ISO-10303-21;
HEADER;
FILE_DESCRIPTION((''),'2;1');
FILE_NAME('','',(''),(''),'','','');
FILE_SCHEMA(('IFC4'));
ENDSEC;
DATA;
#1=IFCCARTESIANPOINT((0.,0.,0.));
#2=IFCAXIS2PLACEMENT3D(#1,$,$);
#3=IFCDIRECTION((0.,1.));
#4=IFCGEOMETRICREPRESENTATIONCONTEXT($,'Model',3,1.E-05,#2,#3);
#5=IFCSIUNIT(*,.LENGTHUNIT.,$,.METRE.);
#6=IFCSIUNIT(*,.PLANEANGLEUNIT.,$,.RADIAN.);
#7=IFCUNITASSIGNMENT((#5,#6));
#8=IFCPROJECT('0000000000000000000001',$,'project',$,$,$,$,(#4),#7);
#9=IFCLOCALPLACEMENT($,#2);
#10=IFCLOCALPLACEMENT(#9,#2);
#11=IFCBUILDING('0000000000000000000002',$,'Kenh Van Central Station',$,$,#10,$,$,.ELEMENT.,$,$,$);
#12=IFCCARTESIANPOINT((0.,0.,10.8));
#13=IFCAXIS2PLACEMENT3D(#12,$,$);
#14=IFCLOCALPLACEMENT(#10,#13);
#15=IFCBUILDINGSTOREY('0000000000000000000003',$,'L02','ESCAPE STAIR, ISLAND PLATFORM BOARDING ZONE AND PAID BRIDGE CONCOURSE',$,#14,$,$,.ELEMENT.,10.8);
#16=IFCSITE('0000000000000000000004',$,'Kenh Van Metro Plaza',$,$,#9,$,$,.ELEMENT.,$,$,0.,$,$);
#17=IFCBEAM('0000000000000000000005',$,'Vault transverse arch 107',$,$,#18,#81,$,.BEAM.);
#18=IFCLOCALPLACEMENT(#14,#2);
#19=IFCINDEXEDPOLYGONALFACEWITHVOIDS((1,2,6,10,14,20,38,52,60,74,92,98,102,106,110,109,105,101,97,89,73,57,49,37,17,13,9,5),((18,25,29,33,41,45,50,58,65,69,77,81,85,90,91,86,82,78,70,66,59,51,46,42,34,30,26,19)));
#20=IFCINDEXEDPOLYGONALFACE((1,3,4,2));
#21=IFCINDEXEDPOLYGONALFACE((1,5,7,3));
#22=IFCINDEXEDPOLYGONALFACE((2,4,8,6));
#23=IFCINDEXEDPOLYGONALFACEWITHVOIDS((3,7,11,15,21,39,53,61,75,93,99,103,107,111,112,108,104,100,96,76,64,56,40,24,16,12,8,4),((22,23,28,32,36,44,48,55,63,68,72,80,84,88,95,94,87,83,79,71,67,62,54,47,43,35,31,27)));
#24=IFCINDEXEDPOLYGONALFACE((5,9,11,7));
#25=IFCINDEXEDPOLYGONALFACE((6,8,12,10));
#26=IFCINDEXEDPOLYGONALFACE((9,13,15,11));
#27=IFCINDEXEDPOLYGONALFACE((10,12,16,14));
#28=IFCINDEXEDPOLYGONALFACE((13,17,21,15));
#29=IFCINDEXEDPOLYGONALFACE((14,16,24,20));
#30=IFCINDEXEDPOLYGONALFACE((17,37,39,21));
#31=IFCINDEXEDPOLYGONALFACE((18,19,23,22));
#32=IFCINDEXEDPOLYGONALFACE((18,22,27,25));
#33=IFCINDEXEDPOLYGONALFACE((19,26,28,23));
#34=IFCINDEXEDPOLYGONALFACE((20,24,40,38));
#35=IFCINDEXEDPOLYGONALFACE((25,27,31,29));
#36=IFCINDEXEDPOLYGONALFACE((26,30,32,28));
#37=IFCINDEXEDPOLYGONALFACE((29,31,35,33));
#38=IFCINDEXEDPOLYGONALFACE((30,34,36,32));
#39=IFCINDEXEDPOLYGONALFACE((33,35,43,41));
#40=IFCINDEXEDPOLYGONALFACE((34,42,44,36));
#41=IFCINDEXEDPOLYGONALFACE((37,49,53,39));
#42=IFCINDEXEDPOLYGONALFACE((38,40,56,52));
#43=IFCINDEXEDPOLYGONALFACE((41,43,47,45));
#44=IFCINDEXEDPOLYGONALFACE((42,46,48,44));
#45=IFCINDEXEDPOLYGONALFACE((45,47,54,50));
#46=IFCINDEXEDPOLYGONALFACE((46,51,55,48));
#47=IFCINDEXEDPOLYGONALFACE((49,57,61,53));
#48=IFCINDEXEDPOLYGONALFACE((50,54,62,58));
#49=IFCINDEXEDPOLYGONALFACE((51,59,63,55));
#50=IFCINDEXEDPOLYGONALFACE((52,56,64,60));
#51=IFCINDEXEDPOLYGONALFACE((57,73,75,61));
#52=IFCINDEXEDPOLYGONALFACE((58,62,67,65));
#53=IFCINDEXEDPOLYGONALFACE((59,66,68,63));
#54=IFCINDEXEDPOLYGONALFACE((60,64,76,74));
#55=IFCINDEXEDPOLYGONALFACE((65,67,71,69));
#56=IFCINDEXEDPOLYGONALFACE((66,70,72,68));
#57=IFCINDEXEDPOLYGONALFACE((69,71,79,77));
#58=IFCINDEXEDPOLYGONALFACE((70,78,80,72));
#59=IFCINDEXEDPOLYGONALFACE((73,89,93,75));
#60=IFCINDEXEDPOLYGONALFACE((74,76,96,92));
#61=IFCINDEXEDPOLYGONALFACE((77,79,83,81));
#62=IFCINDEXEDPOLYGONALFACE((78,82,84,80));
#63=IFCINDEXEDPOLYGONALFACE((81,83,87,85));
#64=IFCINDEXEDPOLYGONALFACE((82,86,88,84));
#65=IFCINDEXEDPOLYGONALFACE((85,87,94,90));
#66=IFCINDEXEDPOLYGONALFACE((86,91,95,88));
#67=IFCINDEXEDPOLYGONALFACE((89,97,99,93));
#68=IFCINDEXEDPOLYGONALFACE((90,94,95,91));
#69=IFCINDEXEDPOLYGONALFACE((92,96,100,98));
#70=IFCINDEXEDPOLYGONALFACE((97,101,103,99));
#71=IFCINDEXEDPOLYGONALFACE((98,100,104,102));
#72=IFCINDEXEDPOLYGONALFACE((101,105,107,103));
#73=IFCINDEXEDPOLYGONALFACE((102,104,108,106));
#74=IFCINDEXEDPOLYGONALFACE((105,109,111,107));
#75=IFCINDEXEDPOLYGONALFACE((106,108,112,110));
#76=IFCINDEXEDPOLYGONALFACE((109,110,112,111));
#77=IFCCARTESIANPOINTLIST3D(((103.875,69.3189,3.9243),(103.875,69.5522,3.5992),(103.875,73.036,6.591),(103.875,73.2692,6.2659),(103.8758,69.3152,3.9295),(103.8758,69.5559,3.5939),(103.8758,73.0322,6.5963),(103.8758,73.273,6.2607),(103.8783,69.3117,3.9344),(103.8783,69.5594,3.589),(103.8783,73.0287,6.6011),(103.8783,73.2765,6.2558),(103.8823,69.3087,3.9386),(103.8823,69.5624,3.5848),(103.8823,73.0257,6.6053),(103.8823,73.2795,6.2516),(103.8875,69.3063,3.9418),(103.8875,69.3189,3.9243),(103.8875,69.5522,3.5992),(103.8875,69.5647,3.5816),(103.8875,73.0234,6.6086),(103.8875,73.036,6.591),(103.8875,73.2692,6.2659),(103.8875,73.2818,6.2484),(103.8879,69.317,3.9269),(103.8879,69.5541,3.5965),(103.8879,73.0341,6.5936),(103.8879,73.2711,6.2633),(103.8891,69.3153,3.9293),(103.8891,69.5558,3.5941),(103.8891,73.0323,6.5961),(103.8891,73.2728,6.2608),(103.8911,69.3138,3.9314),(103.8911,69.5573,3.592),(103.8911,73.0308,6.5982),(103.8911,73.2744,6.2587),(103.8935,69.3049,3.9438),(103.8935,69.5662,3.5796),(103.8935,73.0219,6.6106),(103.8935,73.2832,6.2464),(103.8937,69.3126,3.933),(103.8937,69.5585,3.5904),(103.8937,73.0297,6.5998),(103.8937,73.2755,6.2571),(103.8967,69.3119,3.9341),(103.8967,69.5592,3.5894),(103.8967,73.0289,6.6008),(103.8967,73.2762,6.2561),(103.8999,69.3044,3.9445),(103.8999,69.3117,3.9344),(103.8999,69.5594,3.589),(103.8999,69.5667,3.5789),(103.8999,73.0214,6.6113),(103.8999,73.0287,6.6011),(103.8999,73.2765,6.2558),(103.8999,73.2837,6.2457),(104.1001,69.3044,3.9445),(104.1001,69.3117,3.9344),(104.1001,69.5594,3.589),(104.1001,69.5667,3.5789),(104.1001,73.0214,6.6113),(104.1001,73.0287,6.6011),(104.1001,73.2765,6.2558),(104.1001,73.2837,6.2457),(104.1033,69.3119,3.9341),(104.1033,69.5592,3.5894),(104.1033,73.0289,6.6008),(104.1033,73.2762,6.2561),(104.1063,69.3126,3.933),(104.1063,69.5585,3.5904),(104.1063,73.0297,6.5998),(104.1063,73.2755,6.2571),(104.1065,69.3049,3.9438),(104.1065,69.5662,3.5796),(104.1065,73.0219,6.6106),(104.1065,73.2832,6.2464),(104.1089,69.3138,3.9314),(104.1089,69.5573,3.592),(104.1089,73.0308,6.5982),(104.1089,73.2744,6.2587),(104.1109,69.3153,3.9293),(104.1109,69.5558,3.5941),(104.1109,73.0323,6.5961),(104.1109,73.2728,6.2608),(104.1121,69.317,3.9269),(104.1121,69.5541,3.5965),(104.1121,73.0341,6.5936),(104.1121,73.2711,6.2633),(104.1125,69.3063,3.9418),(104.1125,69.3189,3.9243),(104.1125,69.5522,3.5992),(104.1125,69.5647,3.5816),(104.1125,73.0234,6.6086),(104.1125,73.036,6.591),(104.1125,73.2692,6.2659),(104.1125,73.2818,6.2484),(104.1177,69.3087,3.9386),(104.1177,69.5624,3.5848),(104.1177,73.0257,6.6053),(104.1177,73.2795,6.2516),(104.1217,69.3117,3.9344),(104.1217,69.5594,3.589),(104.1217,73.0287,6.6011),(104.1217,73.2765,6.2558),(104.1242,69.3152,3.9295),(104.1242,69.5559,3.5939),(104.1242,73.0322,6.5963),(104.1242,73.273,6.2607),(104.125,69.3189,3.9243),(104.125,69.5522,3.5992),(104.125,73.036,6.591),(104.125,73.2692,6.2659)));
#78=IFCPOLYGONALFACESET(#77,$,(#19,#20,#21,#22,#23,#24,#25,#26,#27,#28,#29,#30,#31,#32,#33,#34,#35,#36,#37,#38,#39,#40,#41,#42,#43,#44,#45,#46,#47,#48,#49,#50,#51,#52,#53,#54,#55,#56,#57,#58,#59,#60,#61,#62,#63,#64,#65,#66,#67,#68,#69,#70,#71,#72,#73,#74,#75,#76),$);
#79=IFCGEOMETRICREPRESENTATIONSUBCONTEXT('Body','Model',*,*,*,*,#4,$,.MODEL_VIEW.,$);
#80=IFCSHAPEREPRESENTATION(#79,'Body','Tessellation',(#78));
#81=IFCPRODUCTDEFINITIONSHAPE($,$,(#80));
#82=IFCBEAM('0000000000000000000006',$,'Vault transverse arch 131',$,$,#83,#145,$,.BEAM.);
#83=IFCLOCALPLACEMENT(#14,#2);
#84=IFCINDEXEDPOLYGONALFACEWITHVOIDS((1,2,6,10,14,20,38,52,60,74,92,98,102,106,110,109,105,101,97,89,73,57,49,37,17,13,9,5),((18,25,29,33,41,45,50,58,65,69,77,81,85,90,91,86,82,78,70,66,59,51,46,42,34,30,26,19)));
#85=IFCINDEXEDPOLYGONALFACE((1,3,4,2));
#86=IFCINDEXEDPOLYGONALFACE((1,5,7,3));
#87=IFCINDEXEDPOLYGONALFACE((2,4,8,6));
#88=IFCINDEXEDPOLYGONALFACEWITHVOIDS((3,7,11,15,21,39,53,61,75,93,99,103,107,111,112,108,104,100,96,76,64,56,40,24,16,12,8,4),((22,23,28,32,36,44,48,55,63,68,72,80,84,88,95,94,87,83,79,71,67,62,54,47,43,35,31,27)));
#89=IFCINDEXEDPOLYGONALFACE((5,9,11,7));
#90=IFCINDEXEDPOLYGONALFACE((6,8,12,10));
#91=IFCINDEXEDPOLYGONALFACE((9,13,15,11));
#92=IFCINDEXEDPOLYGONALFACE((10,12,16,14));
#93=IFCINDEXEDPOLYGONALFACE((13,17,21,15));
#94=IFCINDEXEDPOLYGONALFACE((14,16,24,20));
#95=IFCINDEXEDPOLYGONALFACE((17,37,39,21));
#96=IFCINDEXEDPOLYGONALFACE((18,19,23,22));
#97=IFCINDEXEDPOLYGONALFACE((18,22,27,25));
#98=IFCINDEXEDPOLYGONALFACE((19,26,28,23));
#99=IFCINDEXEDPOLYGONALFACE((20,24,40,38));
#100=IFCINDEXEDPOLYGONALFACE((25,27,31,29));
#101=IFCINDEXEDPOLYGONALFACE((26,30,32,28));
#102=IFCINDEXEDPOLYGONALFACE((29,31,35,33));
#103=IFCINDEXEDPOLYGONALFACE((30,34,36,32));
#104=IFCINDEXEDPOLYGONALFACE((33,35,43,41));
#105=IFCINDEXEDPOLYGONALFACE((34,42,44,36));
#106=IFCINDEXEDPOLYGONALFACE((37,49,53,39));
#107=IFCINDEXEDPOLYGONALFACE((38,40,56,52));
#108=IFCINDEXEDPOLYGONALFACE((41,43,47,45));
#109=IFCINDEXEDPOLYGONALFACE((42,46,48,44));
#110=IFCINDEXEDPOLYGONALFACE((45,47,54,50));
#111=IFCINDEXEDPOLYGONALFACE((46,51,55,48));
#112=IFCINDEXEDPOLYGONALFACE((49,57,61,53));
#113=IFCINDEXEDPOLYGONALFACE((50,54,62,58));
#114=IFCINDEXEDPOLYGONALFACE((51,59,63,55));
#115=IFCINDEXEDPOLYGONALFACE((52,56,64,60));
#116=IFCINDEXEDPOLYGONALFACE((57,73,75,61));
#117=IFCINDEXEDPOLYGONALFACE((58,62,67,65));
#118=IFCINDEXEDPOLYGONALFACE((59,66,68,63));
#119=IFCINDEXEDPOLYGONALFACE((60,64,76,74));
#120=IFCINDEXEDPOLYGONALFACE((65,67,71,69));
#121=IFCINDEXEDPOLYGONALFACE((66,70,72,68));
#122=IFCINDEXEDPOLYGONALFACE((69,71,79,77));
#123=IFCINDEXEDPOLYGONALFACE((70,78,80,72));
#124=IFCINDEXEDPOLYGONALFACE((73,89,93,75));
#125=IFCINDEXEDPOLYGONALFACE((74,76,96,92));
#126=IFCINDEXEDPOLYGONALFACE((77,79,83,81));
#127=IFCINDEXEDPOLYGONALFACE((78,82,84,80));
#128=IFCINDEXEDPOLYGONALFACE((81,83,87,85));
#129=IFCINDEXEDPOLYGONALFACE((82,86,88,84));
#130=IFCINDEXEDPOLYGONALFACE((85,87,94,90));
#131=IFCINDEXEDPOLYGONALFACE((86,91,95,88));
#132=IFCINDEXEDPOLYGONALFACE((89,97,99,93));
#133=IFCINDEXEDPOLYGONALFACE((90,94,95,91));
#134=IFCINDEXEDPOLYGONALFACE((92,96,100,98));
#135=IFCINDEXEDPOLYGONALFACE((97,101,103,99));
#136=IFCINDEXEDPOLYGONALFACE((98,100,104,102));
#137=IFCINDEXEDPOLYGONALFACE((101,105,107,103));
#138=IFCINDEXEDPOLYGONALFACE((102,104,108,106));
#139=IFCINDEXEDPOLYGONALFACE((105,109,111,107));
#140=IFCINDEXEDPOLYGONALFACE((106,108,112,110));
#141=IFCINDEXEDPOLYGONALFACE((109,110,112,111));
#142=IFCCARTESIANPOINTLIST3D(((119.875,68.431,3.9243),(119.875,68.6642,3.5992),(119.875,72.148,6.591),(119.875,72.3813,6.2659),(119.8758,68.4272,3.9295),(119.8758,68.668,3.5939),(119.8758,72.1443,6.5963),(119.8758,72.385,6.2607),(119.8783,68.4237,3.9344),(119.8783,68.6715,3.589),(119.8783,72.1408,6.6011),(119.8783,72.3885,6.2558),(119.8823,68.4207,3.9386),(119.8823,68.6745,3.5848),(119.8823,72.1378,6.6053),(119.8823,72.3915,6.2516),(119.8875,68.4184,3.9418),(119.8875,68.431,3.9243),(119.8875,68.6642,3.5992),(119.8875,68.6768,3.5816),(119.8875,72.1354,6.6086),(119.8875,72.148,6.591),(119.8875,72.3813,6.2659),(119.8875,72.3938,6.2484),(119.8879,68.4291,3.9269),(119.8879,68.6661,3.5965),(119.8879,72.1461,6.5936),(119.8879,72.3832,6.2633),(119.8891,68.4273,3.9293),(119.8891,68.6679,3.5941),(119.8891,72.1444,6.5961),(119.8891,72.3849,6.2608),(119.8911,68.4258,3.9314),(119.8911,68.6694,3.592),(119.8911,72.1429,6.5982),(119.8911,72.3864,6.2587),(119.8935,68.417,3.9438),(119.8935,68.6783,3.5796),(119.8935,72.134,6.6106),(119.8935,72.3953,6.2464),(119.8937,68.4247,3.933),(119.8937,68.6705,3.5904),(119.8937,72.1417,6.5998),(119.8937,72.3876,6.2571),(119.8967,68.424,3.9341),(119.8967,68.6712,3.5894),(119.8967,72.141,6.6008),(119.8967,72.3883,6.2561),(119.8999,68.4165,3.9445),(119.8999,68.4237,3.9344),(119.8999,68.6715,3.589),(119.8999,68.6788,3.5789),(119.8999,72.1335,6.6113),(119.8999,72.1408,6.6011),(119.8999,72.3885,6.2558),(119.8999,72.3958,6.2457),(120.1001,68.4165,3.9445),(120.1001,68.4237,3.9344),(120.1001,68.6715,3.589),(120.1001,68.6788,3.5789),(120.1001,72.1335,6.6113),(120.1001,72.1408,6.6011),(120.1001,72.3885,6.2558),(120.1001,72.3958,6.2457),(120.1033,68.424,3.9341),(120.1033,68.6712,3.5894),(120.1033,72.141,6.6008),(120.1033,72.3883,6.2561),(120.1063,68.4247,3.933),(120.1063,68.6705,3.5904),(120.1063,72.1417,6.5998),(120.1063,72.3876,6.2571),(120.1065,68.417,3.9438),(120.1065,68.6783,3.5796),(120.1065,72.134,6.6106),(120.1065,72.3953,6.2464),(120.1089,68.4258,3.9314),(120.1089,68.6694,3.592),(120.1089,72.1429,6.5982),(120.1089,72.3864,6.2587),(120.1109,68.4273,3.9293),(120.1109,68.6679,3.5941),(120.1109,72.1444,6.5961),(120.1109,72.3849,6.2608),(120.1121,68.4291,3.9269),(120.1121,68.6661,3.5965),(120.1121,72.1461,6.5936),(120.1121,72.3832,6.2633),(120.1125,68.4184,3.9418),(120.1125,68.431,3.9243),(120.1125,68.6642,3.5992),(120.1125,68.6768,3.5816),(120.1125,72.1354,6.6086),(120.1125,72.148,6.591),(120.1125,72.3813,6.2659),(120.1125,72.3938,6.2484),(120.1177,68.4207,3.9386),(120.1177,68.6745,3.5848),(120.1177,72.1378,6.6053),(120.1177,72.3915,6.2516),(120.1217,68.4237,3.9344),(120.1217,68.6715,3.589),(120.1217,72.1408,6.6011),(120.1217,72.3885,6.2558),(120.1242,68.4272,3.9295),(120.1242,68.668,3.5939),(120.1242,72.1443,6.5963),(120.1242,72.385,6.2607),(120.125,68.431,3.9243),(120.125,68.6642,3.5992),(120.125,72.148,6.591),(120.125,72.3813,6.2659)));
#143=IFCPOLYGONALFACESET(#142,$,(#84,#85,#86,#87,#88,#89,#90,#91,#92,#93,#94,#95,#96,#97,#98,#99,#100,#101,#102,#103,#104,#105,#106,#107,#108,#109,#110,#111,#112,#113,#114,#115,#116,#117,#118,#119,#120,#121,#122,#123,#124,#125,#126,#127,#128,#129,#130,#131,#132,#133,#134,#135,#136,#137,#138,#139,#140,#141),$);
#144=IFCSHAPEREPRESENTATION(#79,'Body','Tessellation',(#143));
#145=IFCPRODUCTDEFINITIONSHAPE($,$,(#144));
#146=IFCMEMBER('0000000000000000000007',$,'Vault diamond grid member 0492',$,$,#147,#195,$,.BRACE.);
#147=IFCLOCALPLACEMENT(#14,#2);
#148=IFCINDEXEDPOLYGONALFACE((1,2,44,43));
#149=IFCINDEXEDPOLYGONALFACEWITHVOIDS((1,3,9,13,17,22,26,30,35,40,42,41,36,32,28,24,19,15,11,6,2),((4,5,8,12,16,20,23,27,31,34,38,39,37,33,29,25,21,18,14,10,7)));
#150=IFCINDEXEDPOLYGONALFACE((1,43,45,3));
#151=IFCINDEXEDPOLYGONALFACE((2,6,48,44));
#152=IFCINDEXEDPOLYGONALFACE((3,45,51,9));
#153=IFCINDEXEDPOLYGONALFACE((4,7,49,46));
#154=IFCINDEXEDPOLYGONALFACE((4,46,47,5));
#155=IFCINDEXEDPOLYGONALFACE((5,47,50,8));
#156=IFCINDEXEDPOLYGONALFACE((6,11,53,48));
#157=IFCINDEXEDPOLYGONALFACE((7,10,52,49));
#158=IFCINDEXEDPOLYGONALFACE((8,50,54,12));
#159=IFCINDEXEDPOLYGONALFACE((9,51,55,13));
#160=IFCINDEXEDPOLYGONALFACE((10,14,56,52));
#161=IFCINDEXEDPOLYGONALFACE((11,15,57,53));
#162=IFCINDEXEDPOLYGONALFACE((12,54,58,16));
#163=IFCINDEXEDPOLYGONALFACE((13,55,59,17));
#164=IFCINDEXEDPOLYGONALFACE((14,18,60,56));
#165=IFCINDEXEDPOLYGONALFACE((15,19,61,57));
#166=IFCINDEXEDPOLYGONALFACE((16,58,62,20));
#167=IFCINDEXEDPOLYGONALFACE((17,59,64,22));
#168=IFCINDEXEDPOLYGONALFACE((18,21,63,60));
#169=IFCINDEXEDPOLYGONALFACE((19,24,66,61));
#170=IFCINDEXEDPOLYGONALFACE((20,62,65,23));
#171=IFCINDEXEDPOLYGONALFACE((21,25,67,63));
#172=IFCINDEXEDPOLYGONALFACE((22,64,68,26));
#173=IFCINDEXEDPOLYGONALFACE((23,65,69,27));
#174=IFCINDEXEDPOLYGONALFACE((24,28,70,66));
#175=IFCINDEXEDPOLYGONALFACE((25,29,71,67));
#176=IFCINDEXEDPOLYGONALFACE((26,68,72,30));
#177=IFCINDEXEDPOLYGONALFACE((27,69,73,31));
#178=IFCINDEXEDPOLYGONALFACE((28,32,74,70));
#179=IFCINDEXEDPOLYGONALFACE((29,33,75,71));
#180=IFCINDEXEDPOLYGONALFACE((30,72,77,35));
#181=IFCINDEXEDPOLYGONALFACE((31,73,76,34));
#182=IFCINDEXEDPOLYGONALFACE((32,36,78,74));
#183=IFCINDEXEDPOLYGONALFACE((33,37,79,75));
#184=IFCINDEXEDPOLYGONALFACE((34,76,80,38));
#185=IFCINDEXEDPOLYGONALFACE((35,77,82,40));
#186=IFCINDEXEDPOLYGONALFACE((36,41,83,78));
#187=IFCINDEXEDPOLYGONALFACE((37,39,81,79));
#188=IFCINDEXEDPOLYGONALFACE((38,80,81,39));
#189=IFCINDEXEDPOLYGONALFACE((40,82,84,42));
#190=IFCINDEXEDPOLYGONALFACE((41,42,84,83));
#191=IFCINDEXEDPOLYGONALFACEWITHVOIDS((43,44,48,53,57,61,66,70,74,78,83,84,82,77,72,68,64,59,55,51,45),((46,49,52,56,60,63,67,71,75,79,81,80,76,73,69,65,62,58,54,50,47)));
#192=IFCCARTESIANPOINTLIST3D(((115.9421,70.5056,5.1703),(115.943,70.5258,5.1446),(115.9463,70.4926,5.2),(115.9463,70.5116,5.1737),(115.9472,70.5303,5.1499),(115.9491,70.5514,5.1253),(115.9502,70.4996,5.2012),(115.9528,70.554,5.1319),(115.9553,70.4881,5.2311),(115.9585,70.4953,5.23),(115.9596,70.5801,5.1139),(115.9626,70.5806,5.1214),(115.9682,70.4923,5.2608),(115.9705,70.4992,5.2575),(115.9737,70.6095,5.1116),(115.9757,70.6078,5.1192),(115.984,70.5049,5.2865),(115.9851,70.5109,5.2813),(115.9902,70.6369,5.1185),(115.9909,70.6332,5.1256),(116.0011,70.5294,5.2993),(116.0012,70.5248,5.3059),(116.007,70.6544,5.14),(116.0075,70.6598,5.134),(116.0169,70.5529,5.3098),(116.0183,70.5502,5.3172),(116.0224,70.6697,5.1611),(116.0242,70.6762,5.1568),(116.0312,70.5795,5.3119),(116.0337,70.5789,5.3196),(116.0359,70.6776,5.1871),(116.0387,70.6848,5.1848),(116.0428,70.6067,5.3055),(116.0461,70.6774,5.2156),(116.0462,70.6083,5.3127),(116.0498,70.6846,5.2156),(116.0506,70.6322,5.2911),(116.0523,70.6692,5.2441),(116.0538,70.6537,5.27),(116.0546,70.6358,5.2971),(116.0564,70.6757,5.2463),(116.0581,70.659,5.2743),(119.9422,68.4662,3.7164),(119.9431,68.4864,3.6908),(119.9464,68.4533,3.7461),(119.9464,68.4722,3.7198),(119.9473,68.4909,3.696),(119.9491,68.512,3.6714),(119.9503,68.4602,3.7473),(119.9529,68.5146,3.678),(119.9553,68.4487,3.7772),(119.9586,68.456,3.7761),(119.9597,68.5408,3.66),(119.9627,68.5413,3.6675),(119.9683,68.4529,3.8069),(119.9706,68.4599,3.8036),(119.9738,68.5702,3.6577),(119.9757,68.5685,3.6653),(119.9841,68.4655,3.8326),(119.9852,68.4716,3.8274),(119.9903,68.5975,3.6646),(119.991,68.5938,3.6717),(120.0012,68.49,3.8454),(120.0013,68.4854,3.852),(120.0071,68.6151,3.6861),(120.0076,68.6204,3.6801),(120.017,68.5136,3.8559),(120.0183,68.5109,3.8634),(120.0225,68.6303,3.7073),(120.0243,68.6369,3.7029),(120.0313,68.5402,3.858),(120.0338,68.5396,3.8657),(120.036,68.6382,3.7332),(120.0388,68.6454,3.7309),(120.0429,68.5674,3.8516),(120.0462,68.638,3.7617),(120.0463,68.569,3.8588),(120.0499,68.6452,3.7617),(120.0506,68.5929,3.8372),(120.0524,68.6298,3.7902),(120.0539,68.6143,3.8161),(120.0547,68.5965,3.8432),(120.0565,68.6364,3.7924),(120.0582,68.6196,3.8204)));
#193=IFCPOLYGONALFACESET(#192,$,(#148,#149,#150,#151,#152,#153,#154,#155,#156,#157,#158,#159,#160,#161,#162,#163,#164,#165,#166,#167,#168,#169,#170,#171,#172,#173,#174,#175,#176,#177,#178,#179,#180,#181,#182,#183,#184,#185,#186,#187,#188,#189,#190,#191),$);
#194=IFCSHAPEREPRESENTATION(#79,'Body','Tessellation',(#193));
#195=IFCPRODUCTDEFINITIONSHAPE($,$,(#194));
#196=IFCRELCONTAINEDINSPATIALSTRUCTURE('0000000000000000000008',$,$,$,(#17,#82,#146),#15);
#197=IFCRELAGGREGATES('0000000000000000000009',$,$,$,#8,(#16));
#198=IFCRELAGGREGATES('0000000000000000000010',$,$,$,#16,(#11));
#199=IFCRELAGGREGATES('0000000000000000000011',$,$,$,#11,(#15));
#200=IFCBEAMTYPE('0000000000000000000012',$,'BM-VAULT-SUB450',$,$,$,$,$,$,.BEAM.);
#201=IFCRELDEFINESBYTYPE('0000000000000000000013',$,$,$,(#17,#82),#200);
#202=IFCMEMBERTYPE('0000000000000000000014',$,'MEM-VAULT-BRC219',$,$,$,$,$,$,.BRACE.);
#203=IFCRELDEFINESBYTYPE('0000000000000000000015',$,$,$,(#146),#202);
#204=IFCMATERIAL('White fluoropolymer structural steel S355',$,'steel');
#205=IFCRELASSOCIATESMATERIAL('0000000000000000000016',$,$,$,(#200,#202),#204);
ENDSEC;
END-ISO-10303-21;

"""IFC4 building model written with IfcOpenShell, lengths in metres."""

from ifc_helpers import new_model, si_unit, direction, frame, origin, origin_2d, place, context, subcontext, project, spatial, hollow_rectangle, hollow_circle, extrude, material, material_profile, profile_set, type_object, element, save


model = new_model("IFC4")

# Units and contexts
model_context = context("Model", 3, precision=1e-05, world=origin(), true_north=direction((0.0, 1.0)))
body_context = subcontext(model_context, "Body", "Model", "MODEL_VIEW")
ifc_project = project(units=[si_unit("LENGTHUNIT", "METRE"), si_unit("PLANEANGLEUNIT", "RADIAN")], contexts=[model_context])

# Site, building, storey
site_placement = place(None, origin())
site = spatial("IfcSite", under=ifc_project, at=site_placement, Name="Kenh Van Metro Plaza", CompositionType="ELEMENT", RefElevation=0.0)
building_placement = place(site_placement, origin())
building = spatial("IfcBuilding", under=site, at=building_placement, Name="Kenh Van Central Station", CompositionType="ELEMENT")
storey_placement = place(building_placement, frame((0.0, 0.0, 10.8)))
storey = spatial("IfcBuildingStorey", under=building, at=storey_placement, Name="L02", Description="ESCAPE STAIR, ISLAND PLATFORM BOARDING ZONE AND PAID BRIDGE CONCOURSE", CompositionType="ELEMENT", Elevation=10.8)

# Beams
ifc_material_1 = material(Name="White fluoropolymer structural steel S355", Category="steel")
ifc_material_profile_1 = material_profile(ifc_material_1, hollow_rectangle(XDim=0.25, YDim=0.45, WallThickness=0.0125, InnerFilletRadius=0.0125, OuterFilletRadius=0.0249, at=origin_2d()), Name="RHS 450x250x12.5")
ifc_profile_set_1 = profile_set([ifc_material_profile_1], Name="White fluoropolymer structural steel S355")
beam_type_1 = type_object("IfcBeamType", Name="BM-VAULT-SUB450", PredefinedType="BEAM", material=ifc_profile_set_1)
for number, where, z_axis, x_axis, name in (
    (1, (104.0, 69.4355, 3.7617), (0.0, 0.81252, 0.582933), (-1.0, 0.0, 0.0), "Vault transverse arch 107"),
    (2, (120.0, 68.5476, 3.7617), (0.0, 0.81252, 0.582933), (-1.0, 0.0, 0.0), "Vault transverse arch 131"),
):
    element("IfcBeam", number, at=place(storey_placement, frame(where, z_axis=z_axis, x_axis=x_axis)), inside=storey, type_object=beam_type_1, Name=name, PredefinedType="BEAM", context=body_context, shape_type="SweptSolid", body=[
        extrude(hollow_rectangle(XDim=0.25, YDim=0.45, WallThickness=0.0125, InnerFilletRadius=0.0125, OuterFilletRadius=0.0249, at=origin_2d()), origin(), (0.0, 0.0, 1.0), 4.5747),
    ])

# Member
ifc_material_profile_2 = material_profile(ifc_material_1, hollow_circle(Radius=0.1096, WallThickness=0.0081, at=origin_2d()), Name="CHS 219.1x8")
ifc_profile_set_2 = profile_set([ifc_material_profile_2], Name="White fluoropolymer structural steel S355")
member_type_1 = type_object("IfcMemberType", Name="MEM-VAULT-BRC219", PredefinedType="BRACE", material=ifc_profile_set_2)
member_1_placement = place(storey_placement, frame((116.0, 70.5869, 5.2156), z_axis=(0.84757, -0.432114, -0.308062), x_axis=(0.454204, 0.890898, 0.0)))
element("IfcMember", 3, at=member_1_placement, inside=storey, type_object=member_type_1, Name="Vault diamond grid member 0492", PredefinedType="BRACE", context=body_context, shape_type="SweptSolid", body=[
    extrude(hollow_circle(Radius=0.1096, WallThickness=0.0081, at=origin_2d()), origin(), (0.0, 0.0, 1.0), 4.7195),
])

save(model, "model.ifc")
